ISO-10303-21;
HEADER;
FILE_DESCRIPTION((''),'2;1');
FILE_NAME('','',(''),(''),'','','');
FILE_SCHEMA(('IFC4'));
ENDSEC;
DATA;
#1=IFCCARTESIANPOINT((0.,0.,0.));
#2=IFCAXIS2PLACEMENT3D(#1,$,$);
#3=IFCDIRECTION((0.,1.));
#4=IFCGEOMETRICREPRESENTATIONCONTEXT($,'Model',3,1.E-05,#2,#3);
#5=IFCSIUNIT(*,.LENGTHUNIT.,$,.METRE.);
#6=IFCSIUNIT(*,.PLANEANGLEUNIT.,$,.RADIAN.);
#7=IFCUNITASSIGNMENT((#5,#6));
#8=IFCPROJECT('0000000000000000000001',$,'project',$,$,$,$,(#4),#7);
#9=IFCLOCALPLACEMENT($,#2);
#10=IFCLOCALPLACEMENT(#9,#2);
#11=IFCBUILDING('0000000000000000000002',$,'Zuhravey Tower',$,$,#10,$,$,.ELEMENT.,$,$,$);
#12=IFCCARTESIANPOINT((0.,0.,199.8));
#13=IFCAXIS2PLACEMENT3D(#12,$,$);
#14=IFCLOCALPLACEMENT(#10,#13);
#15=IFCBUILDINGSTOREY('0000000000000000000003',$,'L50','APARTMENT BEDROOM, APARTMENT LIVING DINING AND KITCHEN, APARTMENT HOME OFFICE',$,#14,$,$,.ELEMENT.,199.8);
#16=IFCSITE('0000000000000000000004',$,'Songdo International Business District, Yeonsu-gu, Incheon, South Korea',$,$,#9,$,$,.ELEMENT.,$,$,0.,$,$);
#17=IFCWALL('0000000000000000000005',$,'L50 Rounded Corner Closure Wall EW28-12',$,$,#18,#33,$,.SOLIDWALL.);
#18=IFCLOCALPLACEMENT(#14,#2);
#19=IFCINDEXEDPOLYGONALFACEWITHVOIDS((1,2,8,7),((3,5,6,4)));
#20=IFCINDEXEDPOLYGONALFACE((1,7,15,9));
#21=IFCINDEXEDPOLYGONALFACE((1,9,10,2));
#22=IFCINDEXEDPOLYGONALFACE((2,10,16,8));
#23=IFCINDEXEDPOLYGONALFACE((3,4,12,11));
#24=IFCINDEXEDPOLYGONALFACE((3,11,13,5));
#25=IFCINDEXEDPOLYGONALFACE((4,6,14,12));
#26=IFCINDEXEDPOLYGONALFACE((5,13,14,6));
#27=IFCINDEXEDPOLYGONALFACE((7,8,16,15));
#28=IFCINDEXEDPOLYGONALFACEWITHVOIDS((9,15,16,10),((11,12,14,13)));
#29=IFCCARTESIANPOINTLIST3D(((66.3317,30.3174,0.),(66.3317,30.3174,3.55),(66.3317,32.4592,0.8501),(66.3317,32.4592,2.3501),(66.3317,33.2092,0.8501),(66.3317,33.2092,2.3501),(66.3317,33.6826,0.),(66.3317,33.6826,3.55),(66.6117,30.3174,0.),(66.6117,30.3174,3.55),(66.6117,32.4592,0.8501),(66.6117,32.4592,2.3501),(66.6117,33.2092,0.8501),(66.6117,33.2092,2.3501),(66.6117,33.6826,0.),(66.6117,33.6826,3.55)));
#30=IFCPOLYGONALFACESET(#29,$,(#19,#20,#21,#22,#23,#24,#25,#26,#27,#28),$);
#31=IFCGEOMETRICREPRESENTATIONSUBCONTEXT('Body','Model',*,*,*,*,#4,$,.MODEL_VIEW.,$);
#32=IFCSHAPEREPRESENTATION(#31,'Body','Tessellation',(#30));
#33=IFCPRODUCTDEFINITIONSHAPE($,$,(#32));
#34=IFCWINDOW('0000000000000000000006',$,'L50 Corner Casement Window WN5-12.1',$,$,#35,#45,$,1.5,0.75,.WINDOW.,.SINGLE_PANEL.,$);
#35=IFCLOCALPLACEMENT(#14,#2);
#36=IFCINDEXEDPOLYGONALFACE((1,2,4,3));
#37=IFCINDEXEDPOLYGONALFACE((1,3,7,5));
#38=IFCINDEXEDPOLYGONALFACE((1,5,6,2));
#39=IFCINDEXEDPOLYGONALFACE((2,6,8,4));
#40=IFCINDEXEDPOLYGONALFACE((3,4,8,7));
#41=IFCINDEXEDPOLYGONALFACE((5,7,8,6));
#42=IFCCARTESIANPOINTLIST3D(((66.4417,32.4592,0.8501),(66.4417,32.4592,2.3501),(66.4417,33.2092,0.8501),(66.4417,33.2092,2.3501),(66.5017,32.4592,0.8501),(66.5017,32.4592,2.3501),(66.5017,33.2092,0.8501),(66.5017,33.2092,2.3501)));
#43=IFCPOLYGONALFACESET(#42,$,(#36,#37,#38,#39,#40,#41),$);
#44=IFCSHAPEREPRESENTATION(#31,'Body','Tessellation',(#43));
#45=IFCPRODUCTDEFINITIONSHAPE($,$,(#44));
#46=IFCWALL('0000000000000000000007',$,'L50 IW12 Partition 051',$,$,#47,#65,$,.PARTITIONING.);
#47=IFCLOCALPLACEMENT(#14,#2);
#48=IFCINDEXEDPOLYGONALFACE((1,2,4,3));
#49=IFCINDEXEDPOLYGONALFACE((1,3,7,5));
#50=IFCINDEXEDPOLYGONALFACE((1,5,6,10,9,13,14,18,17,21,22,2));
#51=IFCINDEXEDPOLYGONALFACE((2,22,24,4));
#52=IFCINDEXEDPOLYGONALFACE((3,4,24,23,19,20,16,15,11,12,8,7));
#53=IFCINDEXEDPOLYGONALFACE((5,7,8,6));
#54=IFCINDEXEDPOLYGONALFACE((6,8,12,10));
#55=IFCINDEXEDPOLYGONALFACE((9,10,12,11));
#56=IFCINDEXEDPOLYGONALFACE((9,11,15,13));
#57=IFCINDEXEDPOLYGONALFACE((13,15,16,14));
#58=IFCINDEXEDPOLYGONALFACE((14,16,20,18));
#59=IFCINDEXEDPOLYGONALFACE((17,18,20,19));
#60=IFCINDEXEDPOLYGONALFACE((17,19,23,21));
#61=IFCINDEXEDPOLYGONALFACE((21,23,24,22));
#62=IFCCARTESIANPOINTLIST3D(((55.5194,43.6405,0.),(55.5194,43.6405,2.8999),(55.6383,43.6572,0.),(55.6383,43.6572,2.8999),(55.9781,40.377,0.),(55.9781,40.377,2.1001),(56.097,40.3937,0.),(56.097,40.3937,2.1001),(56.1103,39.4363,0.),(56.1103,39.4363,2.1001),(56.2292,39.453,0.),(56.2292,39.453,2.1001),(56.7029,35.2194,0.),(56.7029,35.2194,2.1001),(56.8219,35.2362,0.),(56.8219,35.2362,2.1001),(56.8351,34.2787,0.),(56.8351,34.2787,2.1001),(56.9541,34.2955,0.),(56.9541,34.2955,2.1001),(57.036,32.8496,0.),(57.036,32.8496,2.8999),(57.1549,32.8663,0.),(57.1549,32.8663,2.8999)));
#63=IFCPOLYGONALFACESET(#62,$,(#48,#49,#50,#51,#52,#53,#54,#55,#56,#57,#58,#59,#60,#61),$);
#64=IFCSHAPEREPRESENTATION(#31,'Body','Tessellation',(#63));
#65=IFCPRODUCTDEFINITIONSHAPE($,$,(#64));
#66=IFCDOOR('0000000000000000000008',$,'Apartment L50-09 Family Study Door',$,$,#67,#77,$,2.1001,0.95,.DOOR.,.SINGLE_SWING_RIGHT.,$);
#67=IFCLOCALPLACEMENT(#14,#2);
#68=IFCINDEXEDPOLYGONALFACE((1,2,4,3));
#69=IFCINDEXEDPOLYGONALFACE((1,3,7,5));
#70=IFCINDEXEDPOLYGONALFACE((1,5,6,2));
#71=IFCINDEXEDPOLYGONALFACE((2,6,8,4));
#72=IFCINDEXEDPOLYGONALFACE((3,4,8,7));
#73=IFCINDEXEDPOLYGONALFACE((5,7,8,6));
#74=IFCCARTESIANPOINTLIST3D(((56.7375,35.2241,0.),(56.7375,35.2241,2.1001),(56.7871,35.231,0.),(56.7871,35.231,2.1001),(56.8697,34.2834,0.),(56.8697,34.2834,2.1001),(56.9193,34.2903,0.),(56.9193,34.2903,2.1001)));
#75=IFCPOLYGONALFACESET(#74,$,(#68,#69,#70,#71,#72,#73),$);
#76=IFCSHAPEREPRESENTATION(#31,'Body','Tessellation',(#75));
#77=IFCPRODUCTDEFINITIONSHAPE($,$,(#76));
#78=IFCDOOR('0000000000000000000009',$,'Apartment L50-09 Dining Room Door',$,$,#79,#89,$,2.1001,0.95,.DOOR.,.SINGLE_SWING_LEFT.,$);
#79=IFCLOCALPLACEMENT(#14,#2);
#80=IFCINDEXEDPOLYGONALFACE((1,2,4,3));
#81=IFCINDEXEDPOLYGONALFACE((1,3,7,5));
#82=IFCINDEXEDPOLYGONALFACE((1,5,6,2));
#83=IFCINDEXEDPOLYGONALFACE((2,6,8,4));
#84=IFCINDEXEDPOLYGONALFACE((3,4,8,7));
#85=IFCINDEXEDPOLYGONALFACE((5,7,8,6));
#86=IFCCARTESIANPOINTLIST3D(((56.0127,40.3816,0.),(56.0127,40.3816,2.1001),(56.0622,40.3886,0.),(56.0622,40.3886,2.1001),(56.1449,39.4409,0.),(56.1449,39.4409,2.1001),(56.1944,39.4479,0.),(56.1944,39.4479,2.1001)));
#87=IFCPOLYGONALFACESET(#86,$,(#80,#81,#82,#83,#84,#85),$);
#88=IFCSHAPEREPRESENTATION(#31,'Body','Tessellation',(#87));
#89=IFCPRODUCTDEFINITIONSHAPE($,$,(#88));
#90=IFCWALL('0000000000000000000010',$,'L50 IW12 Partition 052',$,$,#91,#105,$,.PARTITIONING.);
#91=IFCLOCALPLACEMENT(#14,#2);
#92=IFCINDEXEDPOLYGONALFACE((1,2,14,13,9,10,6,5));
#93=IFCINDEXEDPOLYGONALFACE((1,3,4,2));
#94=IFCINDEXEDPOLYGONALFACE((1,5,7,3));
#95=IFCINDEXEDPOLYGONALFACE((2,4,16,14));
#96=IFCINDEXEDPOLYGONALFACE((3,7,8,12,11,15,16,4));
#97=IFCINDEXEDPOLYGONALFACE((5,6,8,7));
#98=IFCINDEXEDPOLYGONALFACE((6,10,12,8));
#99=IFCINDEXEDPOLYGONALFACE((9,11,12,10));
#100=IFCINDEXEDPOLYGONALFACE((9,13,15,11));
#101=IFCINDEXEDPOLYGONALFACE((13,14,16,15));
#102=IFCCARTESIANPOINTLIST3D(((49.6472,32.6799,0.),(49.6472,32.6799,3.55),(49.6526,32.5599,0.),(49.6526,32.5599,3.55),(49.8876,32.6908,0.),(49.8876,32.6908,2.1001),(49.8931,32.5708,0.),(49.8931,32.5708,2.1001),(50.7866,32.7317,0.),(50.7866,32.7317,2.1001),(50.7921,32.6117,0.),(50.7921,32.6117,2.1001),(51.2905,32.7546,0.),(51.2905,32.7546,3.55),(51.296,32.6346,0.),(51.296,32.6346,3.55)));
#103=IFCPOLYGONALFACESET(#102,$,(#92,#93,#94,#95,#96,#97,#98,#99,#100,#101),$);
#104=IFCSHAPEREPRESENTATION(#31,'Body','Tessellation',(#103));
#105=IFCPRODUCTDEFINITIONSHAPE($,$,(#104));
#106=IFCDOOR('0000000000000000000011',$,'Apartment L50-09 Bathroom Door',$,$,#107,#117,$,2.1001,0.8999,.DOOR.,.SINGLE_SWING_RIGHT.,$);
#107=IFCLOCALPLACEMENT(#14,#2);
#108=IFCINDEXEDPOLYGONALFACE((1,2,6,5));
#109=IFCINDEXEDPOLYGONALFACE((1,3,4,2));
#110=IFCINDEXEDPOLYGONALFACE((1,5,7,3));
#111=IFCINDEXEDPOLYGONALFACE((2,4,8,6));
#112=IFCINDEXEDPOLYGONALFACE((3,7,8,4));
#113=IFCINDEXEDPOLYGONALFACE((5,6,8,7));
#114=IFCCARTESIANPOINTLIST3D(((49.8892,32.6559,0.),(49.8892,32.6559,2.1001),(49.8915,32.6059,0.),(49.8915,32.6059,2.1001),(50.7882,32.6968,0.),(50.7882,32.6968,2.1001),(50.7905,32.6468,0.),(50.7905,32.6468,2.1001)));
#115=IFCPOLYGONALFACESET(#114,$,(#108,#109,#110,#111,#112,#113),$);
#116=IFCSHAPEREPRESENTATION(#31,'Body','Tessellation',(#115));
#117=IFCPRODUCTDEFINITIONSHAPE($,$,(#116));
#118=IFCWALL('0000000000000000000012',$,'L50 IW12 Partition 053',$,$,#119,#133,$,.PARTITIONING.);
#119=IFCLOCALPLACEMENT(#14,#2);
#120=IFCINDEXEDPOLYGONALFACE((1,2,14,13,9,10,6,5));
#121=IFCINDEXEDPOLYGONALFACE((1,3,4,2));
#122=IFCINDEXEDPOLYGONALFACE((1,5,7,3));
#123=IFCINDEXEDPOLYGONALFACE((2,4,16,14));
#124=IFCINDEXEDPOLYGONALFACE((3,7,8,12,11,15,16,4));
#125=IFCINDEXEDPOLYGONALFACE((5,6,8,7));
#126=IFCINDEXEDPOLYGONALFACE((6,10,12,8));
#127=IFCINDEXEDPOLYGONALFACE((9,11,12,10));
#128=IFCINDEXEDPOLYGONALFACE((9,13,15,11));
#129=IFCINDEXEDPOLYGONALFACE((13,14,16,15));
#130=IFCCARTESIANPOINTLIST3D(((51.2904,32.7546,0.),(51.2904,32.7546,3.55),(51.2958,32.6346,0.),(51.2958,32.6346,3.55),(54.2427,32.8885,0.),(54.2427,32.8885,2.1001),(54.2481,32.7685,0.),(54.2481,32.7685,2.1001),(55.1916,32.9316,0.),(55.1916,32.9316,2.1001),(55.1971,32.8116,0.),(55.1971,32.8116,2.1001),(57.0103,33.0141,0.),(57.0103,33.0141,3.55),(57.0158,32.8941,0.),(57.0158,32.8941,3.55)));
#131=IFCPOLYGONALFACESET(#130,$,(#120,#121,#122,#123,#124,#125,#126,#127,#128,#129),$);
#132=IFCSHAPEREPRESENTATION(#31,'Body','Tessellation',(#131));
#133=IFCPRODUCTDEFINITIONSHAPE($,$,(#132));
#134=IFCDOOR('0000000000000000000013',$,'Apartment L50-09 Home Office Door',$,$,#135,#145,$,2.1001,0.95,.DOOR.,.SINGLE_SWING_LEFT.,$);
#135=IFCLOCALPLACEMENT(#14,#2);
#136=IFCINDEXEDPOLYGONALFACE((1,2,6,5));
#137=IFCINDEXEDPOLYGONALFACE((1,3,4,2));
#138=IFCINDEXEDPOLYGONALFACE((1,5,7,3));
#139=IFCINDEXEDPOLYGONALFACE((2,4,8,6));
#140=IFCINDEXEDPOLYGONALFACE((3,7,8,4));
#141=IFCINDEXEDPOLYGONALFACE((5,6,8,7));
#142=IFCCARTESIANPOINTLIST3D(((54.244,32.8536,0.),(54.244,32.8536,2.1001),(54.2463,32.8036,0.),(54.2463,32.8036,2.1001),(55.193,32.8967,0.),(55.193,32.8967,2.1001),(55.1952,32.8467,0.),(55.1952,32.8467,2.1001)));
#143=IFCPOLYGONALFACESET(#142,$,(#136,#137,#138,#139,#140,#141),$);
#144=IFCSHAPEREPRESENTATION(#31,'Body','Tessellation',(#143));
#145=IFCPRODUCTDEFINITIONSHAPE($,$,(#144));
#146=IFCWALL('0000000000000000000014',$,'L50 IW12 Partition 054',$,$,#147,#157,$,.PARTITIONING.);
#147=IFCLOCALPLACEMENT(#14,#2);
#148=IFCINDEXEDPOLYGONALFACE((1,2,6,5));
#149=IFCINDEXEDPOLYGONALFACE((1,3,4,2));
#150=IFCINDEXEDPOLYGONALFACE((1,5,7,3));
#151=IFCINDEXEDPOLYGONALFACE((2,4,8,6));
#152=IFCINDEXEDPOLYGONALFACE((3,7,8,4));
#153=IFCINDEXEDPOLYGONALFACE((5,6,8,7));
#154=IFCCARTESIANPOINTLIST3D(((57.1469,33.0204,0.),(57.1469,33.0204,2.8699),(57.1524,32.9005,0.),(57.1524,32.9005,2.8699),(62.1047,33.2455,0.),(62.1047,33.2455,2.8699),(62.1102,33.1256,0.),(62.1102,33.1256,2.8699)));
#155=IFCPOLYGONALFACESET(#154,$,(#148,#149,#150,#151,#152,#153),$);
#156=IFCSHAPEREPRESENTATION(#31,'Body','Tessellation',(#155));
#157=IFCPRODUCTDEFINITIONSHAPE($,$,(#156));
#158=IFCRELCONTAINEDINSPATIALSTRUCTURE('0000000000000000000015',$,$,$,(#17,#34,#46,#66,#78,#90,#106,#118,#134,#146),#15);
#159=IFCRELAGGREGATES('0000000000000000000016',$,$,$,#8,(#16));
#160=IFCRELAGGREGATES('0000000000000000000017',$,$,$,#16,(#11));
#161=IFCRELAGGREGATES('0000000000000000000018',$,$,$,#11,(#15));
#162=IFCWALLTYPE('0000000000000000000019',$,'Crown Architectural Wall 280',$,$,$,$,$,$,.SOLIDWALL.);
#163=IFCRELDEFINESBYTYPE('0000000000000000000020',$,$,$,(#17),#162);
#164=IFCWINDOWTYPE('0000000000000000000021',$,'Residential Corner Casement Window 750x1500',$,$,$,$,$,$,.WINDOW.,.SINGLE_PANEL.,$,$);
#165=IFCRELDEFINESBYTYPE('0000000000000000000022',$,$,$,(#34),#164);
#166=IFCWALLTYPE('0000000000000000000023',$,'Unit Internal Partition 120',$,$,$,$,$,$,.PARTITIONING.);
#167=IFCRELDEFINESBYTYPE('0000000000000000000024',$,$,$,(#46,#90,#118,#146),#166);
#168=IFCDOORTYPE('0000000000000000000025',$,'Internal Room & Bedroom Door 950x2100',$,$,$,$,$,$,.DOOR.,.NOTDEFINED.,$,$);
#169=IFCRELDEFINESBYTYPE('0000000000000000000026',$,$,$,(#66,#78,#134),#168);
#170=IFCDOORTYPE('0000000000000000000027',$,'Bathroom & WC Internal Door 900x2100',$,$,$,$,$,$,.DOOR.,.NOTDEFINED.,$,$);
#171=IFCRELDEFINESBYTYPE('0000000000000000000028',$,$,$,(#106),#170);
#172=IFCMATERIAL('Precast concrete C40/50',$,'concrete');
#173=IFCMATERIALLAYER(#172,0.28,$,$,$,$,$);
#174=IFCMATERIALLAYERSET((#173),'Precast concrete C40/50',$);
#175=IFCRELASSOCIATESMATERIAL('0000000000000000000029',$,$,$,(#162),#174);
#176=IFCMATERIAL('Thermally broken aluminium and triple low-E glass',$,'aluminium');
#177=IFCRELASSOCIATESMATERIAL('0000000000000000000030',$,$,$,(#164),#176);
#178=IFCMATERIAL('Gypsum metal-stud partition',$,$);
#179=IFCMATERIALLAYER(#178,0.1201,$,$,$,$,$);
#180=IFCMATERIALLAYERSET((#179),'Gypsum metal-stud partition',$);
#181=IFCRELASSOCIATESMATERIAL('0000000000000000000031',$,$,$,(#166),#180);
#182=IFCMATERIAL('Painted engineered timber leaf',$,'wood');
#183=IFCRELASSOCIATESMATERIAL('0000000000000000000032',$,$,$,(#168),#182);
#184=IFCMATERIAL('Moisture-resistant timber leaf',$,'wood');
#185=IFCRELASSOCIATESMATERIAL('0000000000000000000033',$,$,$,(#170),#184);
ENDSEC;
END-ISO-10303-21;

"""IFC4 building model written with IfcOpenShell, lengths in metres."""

from ifc_helpers import new_model, si_unit, direction, frame, frame_2d, origin, place, context, subcontext, project, spatial, rectangle, extrude, material, layer, layer_set, type_object, element, fill, save


model = new_model("IFC4")

# Units and contexts
model_context = context("Model", 3, precision=1e-05, world=origin(), true_north=direction((0.0, 1.0)))
body_context = subcontext(model_context, "Body", "Model", "MODEL_VIEW")
ifc_project = project(units=[si_unit("LENGTHUNIT", "METRE"), si_unit("PLANEANGLEUNIT", "RADIAN")], contexts=[model_context])

# Site, building, storey
site_placement = place(None, origin())
site = spatial("IfcSite", under=ifc_project, at=site_placement, Name="Songdo International Business District, Yeonsu-gu, Incheon, South Korea", CompositionType="ELEMENT", RefElevation=0.0)
building_placement = place(site_placement, origin())
building = spatial("IfcBuilding", under=site, at=building_placement, Name="Zuhravey Tower", CompositionType="ELEMENT")
storey_placement = place(building_placement, frame((0.0, 0.0, 199.8)))
storey = spatial("IfcBuildingStorey", under=building, at=storey_placement, Name="L50", Description="APARTMENT BEDROOM, APARTMENT LIVING DINING AND KITCHEN, APARTMENT HOME OFFICE", CompositionType="ELEMENT", Elevation=199.8)

# Wall, opening, window
ifc_material_1 = material(Name="Precast concrete C40/50", Category="concrete")
ifc_layer_1 = layer(ifc_material_1, 0.28)
ifc_layer_set_1 = layer_set([ifc_layer_1], Name="Precast concrete C40/50")
wall_type_1 = type_object("IfcWallType", Name="Crown Architectural Wall 280", PredefinedType="SOLIDWALL", material=ifc_layer_set_1)
wall_1_placement = place(storey_placement, frame((66.4717, 33.6826, 0.0), z_axis=(0.0, 0.0, 1.0), x_axis=(0.0, -1.0, 0.0)))
wall_1 = element("IfcWall", 1, at=wall_1_placement, inside=storey, type_object=wall_type_1, Name="L50 Rounded Corner Closure Wall EW28-12", PredefinedType="SOLIDWALL", context=body_context, shape_type="SweptSolid", body=[
    extrude(rectangle(XDim=3.3652, YDim=0.28, at=frame_2d((1.6826, 0.0))), origin(), (0.0, 0.0, 1.0), 3.55),
])
opening_1_placement = place(wall_1_placement, frame((0.4734, 0.0, 0.8501)))
opening_1 = element("IfcOpeningElement", 2, at=opening_1_placement, cuts=wall_1, PredefinedType="OPENING", context=body_context, shape_type="SweptSolid", body=[
    extrude(rectangle(XDim=0.75, YDim=1.5, at=frame_2d((0.375, 0.75))), frame((0.0, 0.1521, 0.0), z_axis=(0.0, -1.0, 0.0), x_axis=(1.0, 0.0, 0.0)), (0.0, 0.0, 1.0), 0.304),
])
ifc_material_2 = material(Name="Thermally broken aluminium and triple low-E glass", Category="aluminium")
window_type = type_object("IfcWindowType", Name="Residential Corner Casement Window 750x1500", PartitioningType="SINGLE_PANEL", PredefinedType="WINDOW", material=ifc_material_2)
window_placement = place(opening_1_placement, origin())
window = element("IfcWindow", 3, at=window_placement, inside=storey, type_object=window_type, Name="L50 Corner Casement Window WN5-12.1", OverallHeight=1.5, OverallWidth=0.75, PartitioningType="SINGLE_PANEL", PredefinedType="WINDOW", context=body_context, shape_type="SweptSolid", body=[
    extrude(rectangle(XDim=0.75, YDim=1.5, at=frame_2d((0.375, 0.75))), frame((0.0, 0.03, 0.0), z_axis=(0.0, -1.0, 0.0), x_axis=(1.0, 0.0, 0.0)), (0.0, 0.0, 1.0), 0.0601),
])
fill(opening_1, window)

# Wall, openings, doors
ifc_material_3 = material(Name="Gypsum metal-stud partition")
ifc_layer_2 = layer(ifc_material_3, 0.1201)
ifc_layer_set_2 = layer_set([ifc_layer_2], Name="Gypsum metal-stud partition")
wall_type_2 = type_object("IfcWallType", Name="Unit Internal Partition 120", PredefinedType="PARTITIONING", material=ifc_layer_set_2)
wall_2_placement = place(storey_placement, frame((57.0955, 32.8579, 0.0), z_axis=(0.0, 0.0, 1.0), x_axis=(-0.139175, 0.990268, 0.0)))
wall_2 = element("IfcWall", 4, at=wall_2_placement, inside=storey, type_object=wall_type_2, Name="L50 IW12 Partition 051", PredefinedType="PARTITIONING", context=body_context, shape_type="SweptSolid", body=[
    extrude(rectangle(XDim=10.897, YDim=0.1201, at=frame_2d((5.4485, 0.0))), origin(), (0.0, 0.0, 1.0), 2.8999),
])
opening_2_placement = place(wall_2_placement, frame((1.4431, 0.0, 0.0)))
opening_2 = element("IfcOpeningElement", 5, at=opening_2_placement, cuts=wall_2, PredefinedType="OPENING", context=body_context, shape_type="SweptSolid", body=[
    extrude(rectangle(XDim=0.95, YDim=2.1001, at=frame_2d((0.4751, 1.05))), frame((0.0, 0.072, 0.0), z_axis=(0.0, -1.0, 0.0), x_axis=(1.0, 0.0, 0.0)), (0.0, 0.0, 1.0), 0.144),
])
opening_3_placement = place(wall_2_placement, frame((6.6514, 0.0, 0.0)))
opening_3 = element("IfcOpeningElement", 6, at=opening_3_placement, cuts=wall_2, PredefinedType="OPENING", context=body_context, shape_type="SweptSolid", body=[
    extrude(rectangle(XDim=0.95, YDim=2.1001, at=frame_2d((0.4751, 1.05))), frame((0.0, 0.072, 0.0), z_axis=(0.0, -1.0, 0.0), x_axis=(1.0, 0.0, 0.0)), (0.0, 0.0, 1.0), 0.144),
])
ifc_material_4 = material(Name="Painted engineered timber leaf", Category="wood")
door_type_1 = type_object("IfcDoorType", Name="Internal Room & Bedroom Door 950x2100", OperationType="NOTDEFINED", PredefinedType="DOOR", material=ifc_material_4)
door_1_placement = place(opening_2_placement, frame((0.95, 0.0, 0.0), z_axis=(0.0, 0.0, 1.0), x_axis=(-1.0, 0.0, 0.0)))
door_1 = element("IfcDoor", 7, at=door_1_placement, inside=storey, type_object=door_type_1, Name="Apartment L50-09 Family Study Door", OperationType="SINGLE_SWING_RIGHT", OverallHeight=2.1001, OverallWidth=0.95, PredefinedType="DOOR", context=body_context, shape_type="SweptSolid", body=[
    extrude(rectangle(XDim=0.95, YDim=2.1001, at=frame_2d((0.4751, 1.05))), frame((0.0, 0.0249, 0.0), z_axis=(0.0, -1.0, 0.0), x_axis=(1.0, 0.0, 0.0)), (0.0, 0.0, 1.0), 0.05),
])
fill(opening_2, door_1)
door_2_placement = place(opening_3_placement, frame((0.95, 0.0, 0.0), z_axis=(0.0, 0.0, 1.0), x_axis=(-1.0, 0.0, 0.0)))
door_2 = element("IfcDoor", 8, at=door_2_placement, inside=storey, type_object=door_type_1, Name="Apartment L50-09 Dining Room Door", OperationType="SINGLE_SWING_LEFT", OverallHeight=2.1001, OverallWidth=0.95, PredefinedType="DOOR", context=body_context, shape_type="SweptSolid", body=[
    extrude(rectangle(XDim=0.95, YDim=2.1001, at=frame_2d((0.4751, 1.05))), frame((0.0, 0.0249, 0.0), z_axis=(0.0, -1.0, 0.0), x_axis=(1.0, 0.0, 0.0)), (0.0, 0.0, 1.0), 0.05),
])
fill(opening_3, door_2)

# Walls, openings, doors
wall_3_placement = place(storey_placement, frame((49.6499, 32.6199, 0.0), z_axis=(0.0, 0.0, 1.0), x_axis=(0.998968, 0.045414, 0.0)))
wall_3 = element("IfcWall", 9, at=wall_3_placement, inside=storey, type_object=wall_type_2, Name="L50 IW12 Partition 052", PredefinedType="PARTITIONING", context=body_context, shape_type="SweptSolid", body=[
    extrude(rectangle(XDim=1.645, YDim=0.1201, at=frame_2d((0.8225, 0.0))), origin(), (0.0, 0.0, 1.0), 3.55),
])
opening_4_placement = place(wall_3_placement, frame((0.2407, 0.0, 0.0)))
opening_4 = element("IfcOpeningElement", 10, at=opening_4_placement, cuts=wall_3, PredefinedType="OPENING", context=body_context, shape_type="SweptSolid", body=[
    extrude(rectangle(XDim=0.8999, YDim=2.1001, at=frame_2d((0.45, 1.05))), frame((0.0, 0.072, 0.0), z_axis=(0.0, -1.0, 0.0), x_axis=(1.0, 0.0, 0.0)), (0.0, 0.0, 1.0), 0.144),
])
ifc_material_5 = material(Name="Moisture-resistant timber leaf", Category="wood")
door_type_2 = type_object("IfcDoorType", Name="Bathroom & WC Internal Door 900x2100", OperationType="NOTDEFINED", PredefinedType="DOOR", material=ifc_material_5)
door_3_placement = place(opening_4_placement, frame((0.8999, 0.0, 0.0), z_axis=(0.0, 0.0, 1.0), x_axis=(-1.0, 0.0, 0.0)))
door_3 = element("IfcDoor", 11, at=door_3_placement, inside=storey, type_object=door_type_2, Name="Apartment L50-09 Bathroom Door", OperationType="SINGLE_SWING_RIGHT", OverallHeight=2.1001, OverallWidth=0.8999, PredefinedType="DOOR", context=body_context, shape_type="SweptSolid", body=[
    extrude(rectangle(XDim=0.8999, YDim=2.1001, at=frame_2d((0.45, 1.05))), frame((0.0, 0.0249, 0.0), z_axis=(0.0, -1.0, 0.0), x_axis=(1.0, 0.0, 0.0)), (0.0, 0.0, 1.0), 0.05),
])
fill(opening_4, door_3)
wall_4_placement = place(storey_placement, frame((51.2932, 32.6946, 0.0), z_axis=(0.0, 0.0, 1.0), x_axis=(0.998972, 0.045324, 0.0)))
wall_4 = element("IfcWall", 12, at=wall_4_placement, inside=storey, type_object=wall_type_2, Name="L50 IW12 Partition 053", PredefinedType="PARTITIONING", context=body_context, shape_type="SweptSolid", body=[
    extrude(rectangle(XDim=5.7258, YDim=0.1201, at=frame_2d((2.8628, 0.0))), origin(), (0.0, 0.0, 1.0), 3.55),
])
opening_5_placement = place(wall_4_placement, frame((2.9551, 0.0, 0.0)))
opening_5 = element("IfcOpeningElement", 13, at=opening_5_placement, cuts=wall_4, PredefinedType="OPENING", context=body_context, shape_type="SweptSolid", body=[
    extrude(rectangle(XDim=0.95, YDim=2.1001, at=frame_2d((0.4751, 1.05))), frame((0.0, 0.072, 0.0), z_axis=(0.0, -1.0, 0.0), x_axis=(1.0, 0.0, 0.0)), (0.0, 0.0, 1.0), 0.144),
])
door_4_placement = place(opening_5_placement, frame((0.95, 0.0, 0.0), z_axis=(0.0, 0.0, 1.0), x_axis=(-1.0, 0.0, 0.0)))
door_4 = element("IfcDoor", 14, at=door_4_placement, inside=storey, type_object=door_type_1, Name="Apartment L50-09 Home Office Door", OperationType="SINGLE_SWING_LEFT", OverallHeight=2.1001, OverallWidth=0.95, PredefinedType="DOOR", context=body_context, shape_type="SweptSolid", body=[
    extrude(rectangle(XDim=0.95, YDim=2.1001, at=frame_2d((0.4751, 1.05))), frame((0.0, 0.0249, 0.0), z_axis=(0.0, -1.0, 0.0), x_axis=(1.0, 0.0, 0.0)), (0.0, 0.0, 1.0), 0.05),
])
fill(opening_5, door_4)

# Wall
wall_5_placement = place(storey_placement, frame((57.1497, 32.9604, 0.0), z_axis=(0.0, 0.0, 1.0), x_axis=(0.998971, 0.045356, 0.0)))
element("IfcWall", 15, at=wall_5_placement, inside=storey, type_object=wall_type_2, Name="L50 IW12 Partition 054", PredefinedType="PARTITIONING", context=body_context, shape_type="SweptSolid", body=[
    extrude(rectangle(XDim=4.9629, YDim=0.1201, at=frame_2d((2.4814, 0.0))), origin(), (0.0, 0.0, 1.0), 2.8699),
])

save(model, "model.ifc")
